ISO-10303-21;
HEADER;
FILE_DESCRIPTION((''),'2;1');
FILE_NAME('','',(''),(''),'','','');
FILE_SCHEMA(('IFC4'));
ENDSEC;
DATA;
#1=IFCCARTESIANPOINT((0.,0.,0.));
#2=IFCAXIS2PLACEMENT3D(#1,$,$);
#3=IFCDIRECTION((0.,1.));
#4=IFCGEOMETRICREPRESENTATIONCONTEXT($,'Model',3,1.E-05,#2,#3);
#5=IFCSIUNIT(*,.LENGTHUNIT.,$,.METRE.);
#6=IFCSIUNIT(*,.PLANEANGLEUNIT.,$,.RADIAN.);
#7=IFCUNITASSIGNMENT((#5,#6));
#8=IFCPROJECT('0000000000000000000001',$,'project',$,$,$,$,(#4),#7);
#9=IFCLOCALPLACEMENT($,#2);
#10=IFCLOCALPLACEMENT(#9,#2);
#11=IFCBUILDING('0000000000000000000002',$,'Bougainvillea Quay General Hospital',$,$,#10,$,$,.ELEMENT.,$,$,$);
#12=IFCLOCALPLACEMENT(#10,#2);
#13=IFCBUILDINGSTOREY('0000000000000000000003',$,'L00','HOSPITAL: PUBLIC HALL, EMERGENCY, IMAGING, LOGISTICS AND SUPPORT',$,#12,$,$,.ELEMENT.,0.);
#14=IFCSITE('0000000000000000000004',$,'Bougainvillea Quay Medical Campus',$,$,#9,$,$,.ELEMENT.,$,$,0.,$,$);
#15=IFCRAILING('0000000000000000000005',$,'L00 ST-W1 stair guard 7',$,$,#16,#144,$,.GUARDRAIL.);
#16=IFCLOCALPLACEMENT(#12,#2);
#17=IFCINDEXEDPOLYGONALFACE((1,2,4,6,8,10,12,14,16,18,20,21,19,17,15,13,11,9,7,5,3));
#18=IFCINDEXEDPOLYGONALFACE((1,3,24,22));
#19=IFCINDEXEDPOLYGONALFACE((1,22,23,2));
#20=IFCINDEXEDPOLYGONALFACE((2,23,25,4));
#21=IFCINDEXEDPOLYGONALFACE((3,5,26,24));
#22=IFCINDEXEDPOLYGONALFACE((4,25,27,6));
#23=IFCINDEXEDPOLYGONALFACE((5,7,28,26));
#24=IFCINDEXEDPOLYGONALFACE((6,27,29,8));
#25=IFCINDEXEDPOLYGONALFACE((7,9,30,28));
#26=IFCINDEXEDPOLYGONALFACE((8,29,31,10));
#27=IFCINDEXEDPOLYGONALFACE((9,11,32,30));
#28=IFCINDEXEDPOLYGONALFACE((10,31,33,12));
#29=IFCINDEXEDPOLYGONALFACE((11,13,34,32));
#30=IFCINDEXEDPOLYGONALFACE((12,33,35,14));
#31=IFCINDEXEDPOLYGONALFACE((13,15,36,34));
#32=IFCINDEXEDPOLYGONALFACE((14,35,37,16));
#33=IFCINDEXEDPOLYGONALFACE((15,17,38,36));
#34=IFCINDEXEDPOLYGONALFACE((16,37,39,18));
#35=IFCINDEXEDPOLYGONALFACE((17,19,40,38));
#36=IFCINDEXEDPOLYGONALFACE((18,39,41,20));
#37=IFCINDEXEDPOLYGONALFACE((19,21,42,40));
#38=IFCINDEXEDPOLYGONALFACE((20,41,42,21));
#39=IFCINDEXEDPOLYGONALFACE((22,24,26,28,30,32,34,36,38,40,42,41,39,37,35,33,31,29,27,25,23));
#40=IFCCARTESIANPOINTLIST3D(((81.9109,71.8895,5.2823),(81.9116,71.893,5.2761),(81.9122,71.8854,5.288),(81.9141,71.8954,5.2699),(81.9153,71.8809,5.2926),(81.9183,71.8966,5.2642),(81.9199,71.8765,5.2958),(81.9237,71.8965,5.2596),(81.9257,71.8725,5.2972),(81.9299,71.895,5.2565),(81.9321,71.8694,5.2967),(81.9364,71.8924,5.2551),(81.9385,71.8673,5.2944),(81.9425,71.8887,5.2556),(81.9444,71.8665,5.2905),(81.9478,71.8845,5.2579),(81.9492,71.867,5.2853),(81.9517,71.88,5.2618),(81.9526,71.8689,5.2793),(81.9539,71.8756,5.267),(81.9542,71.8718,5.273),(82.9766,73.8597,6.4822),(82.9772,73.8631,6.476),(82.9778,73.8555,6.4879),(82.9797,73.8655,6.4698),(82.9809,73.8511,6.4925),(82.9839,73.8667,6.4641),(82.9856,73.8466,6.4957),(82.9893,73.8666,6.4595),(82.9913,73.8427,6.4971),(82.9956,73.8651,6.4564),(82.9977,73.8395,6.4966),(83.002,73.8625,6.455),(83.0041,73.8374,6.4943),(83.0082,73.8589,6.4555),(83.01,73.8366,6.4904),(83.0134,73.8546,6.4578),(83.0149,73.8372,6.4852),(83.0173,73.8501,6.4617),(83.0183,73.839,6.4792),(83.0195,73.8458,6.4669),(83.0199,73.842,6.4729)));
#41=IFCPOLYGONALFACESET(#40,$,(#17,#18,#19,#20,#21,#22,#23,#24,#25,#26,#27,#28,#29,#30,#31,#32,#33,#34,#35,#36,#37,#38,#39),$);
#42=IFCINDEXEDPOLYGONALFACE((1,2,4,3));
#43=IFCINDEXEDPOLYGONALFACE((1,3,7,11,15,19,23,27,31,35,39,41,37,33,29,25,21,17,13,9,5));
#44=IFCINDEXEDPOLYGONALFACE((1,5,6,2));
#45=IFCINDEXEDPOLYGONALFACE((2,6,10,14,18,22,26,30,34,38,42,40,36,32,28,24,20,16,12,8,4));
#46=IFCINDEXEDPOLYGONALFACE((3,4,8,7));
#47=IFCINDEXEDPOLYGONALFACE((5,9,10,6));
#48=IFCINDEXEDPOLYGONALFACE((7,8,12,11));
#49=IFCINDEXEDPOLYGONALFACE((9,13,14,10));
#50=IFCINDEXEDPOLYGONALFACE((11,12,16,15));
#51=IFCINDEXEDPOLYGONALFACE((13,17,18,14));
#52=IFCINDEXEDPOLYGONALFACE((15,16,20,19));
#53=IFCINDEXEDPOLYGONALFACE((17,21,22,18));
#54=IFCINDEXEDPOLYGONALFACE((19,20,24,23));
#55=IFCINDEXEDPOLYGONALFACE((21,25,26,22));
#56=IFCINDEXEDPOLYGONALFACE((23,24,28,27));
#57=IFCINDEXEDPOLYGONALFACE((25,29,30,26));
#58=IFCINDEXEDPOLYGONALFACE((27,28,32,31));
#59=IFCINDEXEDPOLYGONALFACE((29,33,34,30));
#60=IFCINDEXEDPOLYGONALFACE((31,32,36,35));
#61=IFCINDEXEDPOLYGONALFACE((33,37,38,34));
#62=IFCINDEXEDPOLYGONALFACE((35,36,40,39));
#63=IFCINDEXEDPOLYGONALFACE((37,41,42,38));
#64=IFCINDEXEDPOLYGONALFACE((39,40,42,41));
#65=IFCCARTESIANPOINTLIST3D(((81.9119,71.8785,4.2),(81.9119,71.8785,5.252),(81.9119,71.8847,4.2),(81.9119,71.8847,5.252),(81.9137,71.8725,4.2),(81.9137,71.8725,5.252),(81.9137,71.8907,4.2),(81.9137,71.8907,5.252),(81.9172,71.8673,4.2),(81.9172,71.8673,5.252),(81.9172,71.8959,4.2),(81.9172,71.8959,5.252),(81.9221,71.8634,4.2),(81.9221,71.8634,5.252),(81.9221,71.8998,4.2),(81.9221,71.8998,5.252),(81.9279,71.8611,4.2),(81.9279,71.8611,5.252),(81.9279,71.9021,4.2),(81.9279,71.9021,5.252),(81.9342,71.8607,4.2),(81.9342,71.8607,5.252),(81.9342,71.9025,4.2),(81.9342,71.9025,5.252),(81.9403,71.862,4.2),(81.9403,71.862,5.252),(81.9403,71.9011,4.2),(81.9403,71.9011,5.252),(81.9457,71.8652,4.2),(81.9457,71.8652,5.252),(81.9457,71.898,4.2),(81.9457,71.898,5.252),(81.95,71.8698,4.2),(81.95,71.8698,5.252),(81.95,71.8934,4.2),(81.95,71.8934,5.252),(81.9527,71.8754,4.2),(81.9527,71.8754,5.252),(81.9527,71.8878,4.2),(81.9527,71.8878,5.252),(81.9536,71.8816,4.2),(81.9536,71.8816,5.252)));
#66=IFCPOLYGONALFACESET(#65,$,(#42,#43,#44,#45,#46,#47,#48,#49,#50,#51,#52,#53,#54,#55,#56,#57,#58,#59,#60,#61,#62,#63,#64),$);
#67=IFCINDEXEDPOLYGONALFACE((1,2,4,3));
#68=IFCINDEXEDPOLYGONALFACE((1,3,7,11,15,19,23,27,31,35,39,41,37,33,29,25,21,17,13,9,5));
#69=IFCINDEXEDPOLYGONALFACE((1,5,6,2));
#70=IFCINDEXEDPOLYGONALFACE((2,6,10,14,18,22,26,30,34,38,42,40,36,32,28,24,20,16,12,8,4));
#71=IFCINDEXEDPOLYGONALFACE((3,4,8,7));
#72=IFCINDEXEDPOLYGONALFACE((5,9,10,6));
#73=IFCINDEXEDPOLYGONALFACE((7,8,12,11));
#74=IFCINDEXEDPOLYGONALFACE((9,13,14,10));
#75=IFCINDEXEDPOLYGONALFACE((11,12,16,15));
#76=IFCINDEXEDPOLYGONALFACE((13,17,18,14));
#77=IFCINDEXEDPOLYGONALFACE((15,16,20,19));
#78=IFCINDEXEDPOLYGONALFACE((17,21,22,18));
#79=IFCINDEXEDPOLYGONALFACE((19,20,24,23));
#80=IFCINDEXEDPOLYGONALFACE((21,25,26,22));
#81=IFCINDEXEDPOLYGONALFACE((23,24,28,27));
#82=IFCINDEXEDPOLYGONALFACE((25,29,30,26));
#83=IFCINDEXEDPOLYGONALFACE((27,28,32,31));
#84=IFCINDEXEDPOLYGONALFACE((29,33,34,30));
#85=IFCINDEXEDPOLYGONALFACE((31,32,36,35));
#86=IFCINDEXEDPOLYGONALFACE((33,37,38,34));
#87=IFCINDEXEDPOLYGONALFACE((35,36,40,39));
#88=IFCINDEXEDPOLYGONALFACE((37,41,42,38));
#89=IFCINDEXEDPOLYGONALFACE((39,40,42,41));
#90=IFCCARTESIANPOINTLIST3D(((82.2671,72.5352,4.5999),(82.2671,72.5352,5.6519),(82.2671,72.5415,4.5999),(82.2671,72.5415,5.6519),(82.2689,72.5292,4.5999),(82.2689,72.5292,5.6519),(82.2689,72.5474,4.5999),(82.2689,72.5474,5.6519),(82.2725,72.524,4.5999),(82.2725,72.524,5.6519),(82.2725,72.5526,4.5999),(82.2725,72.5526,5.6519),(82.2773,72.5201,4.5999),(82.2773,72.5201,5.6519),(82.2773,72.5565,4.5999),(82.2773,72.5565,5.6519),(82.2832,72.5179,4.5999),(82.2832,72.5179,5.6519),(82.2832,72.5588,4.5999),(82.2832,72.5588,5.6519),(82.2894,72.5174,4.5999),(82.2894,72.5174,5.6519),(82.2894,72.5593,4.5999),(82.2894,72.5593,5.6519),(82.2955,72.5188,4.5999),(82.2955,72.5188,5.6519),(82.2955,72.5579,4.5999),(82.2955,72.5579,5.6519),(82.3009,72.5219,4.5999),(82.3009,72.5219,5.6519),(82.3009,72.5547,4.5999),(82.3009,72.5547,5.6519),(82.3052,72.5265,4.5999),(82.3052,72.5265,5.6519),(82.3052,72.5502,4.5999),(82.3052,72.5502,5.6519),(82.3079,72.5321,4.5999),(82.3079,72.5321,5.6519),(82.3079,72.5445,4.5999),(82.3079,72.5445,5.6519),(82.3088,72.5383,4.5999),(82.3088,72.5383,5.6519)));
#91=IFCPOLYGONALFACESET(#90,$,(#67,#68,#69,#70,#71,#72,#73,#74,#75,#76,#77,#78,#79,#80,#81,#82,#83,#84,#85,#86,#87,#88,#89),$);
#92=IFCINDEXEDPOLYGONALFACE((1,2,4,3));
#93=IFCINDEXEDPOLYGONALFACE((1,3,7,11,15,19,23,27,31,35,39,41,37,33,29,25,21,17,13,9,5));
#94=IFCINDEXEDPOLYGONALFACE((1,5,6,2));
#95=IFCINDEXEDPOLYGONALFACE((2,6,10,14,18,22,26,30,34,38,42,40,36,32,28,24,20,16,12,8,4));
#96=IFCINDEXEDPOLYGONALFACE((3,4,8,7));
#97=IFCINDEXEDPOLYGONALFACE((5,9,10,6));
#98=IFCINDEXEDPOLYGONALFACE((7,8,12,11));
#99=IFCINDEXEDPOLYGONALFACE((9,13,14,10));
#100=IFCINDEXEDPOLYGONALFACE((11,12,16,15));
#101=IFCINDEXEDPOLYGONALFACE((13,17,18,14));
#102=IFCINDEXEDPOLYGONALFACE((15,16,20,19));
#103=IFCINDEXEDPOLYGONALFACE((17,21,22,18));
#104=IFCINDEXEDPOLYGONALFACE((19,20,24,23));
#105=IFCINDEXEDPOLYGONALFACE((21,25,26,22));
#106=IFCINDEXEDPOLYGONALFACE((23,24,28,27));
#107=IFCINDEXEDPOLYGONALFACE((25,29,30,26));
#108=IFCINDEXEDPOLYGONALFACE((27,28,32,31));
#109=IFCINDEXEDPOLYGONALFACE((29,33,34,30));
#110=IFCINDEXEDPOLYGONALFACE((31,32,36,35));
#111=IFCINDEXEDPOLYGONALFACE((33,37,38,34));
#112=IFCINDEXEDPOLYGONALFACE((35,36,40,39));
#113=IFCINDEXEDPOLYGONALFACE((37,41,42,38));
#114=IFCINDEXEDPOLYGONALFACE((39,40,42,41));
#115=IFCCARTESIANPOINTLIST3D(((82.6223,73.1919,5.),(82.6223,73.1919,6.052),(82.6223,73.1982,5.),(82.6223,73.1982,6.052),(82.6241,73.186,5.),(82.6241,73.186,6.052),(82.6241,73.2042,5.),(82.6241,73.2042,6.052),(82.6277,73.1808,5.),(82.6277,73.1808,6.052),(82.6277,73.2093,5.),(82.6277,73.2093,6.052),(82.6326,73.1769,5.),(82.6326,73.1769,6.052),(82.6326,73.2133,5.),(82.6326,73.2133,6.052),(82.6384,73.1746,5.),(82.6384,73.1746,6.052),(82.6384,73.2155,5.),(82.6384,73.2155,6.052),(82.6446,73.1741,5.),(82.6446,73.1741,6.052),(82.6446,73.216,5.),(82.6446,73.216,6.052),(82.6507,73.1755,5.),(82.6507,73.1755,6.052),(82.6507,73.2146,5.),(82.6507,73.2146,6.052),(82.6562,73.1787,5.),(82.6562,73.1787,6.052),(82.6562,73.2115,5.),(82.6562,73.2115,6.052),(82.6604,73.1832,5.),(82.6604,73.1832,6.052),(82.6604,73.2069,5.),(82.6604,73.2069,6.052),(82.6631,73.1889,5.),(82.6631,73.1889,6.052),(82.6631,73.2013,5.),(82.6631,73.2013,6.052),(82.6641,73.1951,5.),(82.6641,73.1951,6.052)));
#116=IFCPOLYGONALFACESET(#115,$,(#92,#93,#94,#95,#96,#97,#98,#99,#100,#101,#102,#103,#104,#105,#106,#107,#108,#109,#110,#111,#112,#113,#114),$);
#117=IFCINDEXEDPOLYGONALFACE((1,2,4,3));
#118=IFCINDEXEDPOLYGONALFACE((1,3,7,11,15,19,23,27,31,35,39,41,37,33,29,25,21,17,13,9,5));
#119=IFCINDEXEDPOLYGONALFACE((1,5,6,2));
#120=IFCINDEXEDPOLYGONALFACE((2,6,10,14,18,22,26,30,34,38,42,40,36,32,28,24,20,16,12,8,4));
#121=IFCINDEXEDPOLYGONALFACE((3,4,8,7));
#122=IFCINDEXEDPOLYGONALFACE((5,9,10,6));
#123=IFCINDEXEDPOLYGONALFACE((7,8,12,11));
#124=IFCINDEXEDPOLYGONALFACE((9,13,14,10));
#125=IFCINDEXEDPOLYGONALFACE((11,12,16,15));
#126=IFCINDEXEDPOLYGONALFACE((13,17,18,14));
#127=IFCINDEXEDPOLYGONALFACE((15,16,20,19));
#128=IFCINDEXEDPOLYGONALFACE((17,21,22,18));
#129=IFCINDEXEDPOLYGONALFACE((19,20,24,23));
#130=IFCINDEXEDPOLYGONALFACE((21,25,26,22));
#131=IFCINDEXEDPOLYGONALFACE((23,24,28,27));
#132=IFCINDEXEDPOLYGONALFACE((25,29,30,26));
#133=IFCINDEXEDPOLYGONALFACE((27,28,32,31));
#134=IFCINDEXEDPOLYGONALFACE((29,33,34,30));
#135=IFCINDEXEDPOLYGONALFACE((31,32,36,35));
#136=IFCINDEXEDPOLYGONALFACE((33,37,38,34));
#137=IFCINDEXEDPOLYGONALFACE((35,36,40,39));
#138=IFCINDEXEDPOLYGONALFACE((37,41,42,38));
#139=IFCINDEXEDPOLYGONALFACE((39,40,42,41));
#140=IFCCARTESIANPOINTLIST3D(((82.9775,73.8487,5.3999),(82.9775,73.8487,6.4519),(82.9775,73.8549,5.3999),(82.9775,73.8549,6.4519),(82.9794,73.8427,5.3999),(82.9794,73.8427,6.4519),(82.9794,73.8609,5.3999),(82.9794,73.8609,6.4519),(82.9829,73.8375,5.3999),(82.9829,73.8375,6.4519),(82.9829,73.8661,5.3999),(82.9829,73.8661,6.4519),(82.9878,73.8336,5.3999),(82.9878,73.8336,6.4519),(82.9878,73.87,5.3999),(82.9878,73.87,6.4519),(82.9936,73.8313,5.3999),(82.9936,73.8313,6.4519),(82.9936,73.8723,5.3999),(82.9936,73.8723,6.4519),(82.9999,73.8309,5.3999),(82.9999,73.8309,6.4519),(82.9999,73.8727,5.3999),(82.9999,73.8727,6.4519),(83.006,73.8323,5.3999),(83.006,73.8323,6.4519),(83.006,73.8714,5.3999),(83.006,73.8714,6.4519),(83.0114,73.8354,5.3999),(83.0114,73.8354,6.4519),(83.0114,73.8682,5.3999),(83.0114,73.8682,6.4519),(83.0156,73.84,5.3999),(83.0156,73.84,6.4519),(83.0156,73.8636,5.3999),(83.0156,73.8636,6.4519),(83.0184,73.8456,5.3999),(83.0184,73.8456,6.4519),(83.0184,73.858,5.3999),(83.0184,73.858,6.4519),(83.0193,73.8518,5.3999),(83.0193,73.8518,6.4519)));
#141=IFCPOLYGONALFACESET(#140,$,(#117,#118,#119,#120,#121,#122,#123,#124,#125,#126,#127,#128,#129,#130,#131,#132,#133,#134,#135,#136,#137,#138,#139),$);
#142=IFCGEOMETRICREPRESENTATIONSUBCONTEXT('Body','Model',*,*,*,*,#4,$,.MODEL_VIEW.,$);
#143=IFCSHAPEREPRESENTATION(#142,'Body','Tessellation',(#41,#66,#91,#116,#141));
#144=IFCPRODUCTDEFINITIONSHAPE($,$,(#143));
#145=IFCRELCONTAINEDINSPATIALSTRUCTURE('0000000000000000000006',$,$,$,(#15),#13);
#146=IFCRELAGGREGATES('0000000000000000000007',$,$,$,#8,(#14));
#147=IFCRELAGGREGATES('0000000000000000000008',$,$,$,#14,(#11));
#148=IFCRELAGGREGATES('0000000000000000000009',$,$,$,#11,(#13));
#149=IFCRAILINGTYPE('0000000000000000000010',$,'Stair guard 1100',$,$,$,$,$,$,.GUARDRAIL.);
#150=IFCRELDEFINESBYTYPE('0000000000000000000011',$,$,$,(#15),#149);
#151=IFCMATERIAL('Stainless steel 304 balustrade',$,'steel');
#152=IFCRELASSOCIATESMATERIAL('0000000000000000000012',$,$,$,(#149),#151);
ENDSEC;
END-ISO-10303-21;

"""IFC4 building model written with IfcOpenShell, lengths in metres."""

from ifc_helpers import new_model, si_unit, direction, frame, origin, origin_2d, place, context, subcontext, project, spatial, circle, extrude, material, type_object, element, save


model = new_model("IFC4")

# Units and contexts
model_context = context("Model", 3, precision=1e-05, world=origin(), true_north=direction((0.0, 1.0)))
body_context = subcontext(model_context, "Body", "Model", "MODEL_VIEW")
ifc_project = project(units=[si_unit("LENGTHUNIT", "METRE"), si_unit("PLANEANGLEUNIT", "RADIAN")], contexts=[model_context])

# Site, building, storey
site_placement = place(None, origin())
site = spatial("IfcSite", under=ifc_project, at=site_placement, Name="Bougainvillea Quay Medical Campus", CompositionType="ELEMENT", RefElevation=0.0)
building_placement = place(site_placement, origin())
building = spatial("IfcBuilding", under=site, at=building_placement, Name="Bougainvillea Quay General Hospital", CompositionType="ELEMENT")
storey_placement = place(building_placement, origin())
storey = spatial("IfcBuildingStorey", under=building, at=storey_placement, Name="L00", Description="HOSPITAL: PUBLIC HALL, EMERGENCY, IMAGING, LOGISTICS AND SUPPORT", CompositionType="ELEMENT", Elevation=0.0)

# Railing
ifc_material_1 = material(Name="Stainless steel 304 balustrade", Category="steel")
railing_type_1 = type_object("IfcRailingType", Name="Stair guard 1100", PredefinedType="GUARDRAIL", material=ifc_material_1)
railing_1_placement = place(storey_placement, frame((81.9326, 71.8816, 4.2)))
element("IfcRailing", 1, at=railing_1_placement, inside=storey, type_object=railing_type_1, Name="L00 ST-W1 stair guard 7", PredefinedType="GUARDRAIL", context=body_context, shape_type="SweptSolid", body=[
    extrude(circle(Radius=0.0239, at=origin_2d()), frame((0.0, 0.0, 1.0762), z_axis=(0.419372, 0.775333, 0.472214), x_axis=(-0.879577, 0.475756, 0.0)), (0.0, 0.0, 1.0), 2.541),
    extrude(circle(Radius=0.021, at=origin_2d()), origin(), (0.0, 0.0, 1.0), 1.052),
    extrude(circle(Radius=0.021, at=origin_2d()), frame((0.3552, 0.6567, 0.3999)), (0.0, 0.0, 1.0), 1.052),
    extrude(circle(Radius=0.021, at=origin_2d()), frame((0.7104, 1.3135, 0.8)), (0.0, 0.0, 1.0), 1.052),
    extrude(circle(Radius=0.021, at=origin_2d()), frame((1.0657, 1.9702, 1.2)), (0.0, 0.0, 1.0), 1.052),
])

save(model, "model.ifc")
